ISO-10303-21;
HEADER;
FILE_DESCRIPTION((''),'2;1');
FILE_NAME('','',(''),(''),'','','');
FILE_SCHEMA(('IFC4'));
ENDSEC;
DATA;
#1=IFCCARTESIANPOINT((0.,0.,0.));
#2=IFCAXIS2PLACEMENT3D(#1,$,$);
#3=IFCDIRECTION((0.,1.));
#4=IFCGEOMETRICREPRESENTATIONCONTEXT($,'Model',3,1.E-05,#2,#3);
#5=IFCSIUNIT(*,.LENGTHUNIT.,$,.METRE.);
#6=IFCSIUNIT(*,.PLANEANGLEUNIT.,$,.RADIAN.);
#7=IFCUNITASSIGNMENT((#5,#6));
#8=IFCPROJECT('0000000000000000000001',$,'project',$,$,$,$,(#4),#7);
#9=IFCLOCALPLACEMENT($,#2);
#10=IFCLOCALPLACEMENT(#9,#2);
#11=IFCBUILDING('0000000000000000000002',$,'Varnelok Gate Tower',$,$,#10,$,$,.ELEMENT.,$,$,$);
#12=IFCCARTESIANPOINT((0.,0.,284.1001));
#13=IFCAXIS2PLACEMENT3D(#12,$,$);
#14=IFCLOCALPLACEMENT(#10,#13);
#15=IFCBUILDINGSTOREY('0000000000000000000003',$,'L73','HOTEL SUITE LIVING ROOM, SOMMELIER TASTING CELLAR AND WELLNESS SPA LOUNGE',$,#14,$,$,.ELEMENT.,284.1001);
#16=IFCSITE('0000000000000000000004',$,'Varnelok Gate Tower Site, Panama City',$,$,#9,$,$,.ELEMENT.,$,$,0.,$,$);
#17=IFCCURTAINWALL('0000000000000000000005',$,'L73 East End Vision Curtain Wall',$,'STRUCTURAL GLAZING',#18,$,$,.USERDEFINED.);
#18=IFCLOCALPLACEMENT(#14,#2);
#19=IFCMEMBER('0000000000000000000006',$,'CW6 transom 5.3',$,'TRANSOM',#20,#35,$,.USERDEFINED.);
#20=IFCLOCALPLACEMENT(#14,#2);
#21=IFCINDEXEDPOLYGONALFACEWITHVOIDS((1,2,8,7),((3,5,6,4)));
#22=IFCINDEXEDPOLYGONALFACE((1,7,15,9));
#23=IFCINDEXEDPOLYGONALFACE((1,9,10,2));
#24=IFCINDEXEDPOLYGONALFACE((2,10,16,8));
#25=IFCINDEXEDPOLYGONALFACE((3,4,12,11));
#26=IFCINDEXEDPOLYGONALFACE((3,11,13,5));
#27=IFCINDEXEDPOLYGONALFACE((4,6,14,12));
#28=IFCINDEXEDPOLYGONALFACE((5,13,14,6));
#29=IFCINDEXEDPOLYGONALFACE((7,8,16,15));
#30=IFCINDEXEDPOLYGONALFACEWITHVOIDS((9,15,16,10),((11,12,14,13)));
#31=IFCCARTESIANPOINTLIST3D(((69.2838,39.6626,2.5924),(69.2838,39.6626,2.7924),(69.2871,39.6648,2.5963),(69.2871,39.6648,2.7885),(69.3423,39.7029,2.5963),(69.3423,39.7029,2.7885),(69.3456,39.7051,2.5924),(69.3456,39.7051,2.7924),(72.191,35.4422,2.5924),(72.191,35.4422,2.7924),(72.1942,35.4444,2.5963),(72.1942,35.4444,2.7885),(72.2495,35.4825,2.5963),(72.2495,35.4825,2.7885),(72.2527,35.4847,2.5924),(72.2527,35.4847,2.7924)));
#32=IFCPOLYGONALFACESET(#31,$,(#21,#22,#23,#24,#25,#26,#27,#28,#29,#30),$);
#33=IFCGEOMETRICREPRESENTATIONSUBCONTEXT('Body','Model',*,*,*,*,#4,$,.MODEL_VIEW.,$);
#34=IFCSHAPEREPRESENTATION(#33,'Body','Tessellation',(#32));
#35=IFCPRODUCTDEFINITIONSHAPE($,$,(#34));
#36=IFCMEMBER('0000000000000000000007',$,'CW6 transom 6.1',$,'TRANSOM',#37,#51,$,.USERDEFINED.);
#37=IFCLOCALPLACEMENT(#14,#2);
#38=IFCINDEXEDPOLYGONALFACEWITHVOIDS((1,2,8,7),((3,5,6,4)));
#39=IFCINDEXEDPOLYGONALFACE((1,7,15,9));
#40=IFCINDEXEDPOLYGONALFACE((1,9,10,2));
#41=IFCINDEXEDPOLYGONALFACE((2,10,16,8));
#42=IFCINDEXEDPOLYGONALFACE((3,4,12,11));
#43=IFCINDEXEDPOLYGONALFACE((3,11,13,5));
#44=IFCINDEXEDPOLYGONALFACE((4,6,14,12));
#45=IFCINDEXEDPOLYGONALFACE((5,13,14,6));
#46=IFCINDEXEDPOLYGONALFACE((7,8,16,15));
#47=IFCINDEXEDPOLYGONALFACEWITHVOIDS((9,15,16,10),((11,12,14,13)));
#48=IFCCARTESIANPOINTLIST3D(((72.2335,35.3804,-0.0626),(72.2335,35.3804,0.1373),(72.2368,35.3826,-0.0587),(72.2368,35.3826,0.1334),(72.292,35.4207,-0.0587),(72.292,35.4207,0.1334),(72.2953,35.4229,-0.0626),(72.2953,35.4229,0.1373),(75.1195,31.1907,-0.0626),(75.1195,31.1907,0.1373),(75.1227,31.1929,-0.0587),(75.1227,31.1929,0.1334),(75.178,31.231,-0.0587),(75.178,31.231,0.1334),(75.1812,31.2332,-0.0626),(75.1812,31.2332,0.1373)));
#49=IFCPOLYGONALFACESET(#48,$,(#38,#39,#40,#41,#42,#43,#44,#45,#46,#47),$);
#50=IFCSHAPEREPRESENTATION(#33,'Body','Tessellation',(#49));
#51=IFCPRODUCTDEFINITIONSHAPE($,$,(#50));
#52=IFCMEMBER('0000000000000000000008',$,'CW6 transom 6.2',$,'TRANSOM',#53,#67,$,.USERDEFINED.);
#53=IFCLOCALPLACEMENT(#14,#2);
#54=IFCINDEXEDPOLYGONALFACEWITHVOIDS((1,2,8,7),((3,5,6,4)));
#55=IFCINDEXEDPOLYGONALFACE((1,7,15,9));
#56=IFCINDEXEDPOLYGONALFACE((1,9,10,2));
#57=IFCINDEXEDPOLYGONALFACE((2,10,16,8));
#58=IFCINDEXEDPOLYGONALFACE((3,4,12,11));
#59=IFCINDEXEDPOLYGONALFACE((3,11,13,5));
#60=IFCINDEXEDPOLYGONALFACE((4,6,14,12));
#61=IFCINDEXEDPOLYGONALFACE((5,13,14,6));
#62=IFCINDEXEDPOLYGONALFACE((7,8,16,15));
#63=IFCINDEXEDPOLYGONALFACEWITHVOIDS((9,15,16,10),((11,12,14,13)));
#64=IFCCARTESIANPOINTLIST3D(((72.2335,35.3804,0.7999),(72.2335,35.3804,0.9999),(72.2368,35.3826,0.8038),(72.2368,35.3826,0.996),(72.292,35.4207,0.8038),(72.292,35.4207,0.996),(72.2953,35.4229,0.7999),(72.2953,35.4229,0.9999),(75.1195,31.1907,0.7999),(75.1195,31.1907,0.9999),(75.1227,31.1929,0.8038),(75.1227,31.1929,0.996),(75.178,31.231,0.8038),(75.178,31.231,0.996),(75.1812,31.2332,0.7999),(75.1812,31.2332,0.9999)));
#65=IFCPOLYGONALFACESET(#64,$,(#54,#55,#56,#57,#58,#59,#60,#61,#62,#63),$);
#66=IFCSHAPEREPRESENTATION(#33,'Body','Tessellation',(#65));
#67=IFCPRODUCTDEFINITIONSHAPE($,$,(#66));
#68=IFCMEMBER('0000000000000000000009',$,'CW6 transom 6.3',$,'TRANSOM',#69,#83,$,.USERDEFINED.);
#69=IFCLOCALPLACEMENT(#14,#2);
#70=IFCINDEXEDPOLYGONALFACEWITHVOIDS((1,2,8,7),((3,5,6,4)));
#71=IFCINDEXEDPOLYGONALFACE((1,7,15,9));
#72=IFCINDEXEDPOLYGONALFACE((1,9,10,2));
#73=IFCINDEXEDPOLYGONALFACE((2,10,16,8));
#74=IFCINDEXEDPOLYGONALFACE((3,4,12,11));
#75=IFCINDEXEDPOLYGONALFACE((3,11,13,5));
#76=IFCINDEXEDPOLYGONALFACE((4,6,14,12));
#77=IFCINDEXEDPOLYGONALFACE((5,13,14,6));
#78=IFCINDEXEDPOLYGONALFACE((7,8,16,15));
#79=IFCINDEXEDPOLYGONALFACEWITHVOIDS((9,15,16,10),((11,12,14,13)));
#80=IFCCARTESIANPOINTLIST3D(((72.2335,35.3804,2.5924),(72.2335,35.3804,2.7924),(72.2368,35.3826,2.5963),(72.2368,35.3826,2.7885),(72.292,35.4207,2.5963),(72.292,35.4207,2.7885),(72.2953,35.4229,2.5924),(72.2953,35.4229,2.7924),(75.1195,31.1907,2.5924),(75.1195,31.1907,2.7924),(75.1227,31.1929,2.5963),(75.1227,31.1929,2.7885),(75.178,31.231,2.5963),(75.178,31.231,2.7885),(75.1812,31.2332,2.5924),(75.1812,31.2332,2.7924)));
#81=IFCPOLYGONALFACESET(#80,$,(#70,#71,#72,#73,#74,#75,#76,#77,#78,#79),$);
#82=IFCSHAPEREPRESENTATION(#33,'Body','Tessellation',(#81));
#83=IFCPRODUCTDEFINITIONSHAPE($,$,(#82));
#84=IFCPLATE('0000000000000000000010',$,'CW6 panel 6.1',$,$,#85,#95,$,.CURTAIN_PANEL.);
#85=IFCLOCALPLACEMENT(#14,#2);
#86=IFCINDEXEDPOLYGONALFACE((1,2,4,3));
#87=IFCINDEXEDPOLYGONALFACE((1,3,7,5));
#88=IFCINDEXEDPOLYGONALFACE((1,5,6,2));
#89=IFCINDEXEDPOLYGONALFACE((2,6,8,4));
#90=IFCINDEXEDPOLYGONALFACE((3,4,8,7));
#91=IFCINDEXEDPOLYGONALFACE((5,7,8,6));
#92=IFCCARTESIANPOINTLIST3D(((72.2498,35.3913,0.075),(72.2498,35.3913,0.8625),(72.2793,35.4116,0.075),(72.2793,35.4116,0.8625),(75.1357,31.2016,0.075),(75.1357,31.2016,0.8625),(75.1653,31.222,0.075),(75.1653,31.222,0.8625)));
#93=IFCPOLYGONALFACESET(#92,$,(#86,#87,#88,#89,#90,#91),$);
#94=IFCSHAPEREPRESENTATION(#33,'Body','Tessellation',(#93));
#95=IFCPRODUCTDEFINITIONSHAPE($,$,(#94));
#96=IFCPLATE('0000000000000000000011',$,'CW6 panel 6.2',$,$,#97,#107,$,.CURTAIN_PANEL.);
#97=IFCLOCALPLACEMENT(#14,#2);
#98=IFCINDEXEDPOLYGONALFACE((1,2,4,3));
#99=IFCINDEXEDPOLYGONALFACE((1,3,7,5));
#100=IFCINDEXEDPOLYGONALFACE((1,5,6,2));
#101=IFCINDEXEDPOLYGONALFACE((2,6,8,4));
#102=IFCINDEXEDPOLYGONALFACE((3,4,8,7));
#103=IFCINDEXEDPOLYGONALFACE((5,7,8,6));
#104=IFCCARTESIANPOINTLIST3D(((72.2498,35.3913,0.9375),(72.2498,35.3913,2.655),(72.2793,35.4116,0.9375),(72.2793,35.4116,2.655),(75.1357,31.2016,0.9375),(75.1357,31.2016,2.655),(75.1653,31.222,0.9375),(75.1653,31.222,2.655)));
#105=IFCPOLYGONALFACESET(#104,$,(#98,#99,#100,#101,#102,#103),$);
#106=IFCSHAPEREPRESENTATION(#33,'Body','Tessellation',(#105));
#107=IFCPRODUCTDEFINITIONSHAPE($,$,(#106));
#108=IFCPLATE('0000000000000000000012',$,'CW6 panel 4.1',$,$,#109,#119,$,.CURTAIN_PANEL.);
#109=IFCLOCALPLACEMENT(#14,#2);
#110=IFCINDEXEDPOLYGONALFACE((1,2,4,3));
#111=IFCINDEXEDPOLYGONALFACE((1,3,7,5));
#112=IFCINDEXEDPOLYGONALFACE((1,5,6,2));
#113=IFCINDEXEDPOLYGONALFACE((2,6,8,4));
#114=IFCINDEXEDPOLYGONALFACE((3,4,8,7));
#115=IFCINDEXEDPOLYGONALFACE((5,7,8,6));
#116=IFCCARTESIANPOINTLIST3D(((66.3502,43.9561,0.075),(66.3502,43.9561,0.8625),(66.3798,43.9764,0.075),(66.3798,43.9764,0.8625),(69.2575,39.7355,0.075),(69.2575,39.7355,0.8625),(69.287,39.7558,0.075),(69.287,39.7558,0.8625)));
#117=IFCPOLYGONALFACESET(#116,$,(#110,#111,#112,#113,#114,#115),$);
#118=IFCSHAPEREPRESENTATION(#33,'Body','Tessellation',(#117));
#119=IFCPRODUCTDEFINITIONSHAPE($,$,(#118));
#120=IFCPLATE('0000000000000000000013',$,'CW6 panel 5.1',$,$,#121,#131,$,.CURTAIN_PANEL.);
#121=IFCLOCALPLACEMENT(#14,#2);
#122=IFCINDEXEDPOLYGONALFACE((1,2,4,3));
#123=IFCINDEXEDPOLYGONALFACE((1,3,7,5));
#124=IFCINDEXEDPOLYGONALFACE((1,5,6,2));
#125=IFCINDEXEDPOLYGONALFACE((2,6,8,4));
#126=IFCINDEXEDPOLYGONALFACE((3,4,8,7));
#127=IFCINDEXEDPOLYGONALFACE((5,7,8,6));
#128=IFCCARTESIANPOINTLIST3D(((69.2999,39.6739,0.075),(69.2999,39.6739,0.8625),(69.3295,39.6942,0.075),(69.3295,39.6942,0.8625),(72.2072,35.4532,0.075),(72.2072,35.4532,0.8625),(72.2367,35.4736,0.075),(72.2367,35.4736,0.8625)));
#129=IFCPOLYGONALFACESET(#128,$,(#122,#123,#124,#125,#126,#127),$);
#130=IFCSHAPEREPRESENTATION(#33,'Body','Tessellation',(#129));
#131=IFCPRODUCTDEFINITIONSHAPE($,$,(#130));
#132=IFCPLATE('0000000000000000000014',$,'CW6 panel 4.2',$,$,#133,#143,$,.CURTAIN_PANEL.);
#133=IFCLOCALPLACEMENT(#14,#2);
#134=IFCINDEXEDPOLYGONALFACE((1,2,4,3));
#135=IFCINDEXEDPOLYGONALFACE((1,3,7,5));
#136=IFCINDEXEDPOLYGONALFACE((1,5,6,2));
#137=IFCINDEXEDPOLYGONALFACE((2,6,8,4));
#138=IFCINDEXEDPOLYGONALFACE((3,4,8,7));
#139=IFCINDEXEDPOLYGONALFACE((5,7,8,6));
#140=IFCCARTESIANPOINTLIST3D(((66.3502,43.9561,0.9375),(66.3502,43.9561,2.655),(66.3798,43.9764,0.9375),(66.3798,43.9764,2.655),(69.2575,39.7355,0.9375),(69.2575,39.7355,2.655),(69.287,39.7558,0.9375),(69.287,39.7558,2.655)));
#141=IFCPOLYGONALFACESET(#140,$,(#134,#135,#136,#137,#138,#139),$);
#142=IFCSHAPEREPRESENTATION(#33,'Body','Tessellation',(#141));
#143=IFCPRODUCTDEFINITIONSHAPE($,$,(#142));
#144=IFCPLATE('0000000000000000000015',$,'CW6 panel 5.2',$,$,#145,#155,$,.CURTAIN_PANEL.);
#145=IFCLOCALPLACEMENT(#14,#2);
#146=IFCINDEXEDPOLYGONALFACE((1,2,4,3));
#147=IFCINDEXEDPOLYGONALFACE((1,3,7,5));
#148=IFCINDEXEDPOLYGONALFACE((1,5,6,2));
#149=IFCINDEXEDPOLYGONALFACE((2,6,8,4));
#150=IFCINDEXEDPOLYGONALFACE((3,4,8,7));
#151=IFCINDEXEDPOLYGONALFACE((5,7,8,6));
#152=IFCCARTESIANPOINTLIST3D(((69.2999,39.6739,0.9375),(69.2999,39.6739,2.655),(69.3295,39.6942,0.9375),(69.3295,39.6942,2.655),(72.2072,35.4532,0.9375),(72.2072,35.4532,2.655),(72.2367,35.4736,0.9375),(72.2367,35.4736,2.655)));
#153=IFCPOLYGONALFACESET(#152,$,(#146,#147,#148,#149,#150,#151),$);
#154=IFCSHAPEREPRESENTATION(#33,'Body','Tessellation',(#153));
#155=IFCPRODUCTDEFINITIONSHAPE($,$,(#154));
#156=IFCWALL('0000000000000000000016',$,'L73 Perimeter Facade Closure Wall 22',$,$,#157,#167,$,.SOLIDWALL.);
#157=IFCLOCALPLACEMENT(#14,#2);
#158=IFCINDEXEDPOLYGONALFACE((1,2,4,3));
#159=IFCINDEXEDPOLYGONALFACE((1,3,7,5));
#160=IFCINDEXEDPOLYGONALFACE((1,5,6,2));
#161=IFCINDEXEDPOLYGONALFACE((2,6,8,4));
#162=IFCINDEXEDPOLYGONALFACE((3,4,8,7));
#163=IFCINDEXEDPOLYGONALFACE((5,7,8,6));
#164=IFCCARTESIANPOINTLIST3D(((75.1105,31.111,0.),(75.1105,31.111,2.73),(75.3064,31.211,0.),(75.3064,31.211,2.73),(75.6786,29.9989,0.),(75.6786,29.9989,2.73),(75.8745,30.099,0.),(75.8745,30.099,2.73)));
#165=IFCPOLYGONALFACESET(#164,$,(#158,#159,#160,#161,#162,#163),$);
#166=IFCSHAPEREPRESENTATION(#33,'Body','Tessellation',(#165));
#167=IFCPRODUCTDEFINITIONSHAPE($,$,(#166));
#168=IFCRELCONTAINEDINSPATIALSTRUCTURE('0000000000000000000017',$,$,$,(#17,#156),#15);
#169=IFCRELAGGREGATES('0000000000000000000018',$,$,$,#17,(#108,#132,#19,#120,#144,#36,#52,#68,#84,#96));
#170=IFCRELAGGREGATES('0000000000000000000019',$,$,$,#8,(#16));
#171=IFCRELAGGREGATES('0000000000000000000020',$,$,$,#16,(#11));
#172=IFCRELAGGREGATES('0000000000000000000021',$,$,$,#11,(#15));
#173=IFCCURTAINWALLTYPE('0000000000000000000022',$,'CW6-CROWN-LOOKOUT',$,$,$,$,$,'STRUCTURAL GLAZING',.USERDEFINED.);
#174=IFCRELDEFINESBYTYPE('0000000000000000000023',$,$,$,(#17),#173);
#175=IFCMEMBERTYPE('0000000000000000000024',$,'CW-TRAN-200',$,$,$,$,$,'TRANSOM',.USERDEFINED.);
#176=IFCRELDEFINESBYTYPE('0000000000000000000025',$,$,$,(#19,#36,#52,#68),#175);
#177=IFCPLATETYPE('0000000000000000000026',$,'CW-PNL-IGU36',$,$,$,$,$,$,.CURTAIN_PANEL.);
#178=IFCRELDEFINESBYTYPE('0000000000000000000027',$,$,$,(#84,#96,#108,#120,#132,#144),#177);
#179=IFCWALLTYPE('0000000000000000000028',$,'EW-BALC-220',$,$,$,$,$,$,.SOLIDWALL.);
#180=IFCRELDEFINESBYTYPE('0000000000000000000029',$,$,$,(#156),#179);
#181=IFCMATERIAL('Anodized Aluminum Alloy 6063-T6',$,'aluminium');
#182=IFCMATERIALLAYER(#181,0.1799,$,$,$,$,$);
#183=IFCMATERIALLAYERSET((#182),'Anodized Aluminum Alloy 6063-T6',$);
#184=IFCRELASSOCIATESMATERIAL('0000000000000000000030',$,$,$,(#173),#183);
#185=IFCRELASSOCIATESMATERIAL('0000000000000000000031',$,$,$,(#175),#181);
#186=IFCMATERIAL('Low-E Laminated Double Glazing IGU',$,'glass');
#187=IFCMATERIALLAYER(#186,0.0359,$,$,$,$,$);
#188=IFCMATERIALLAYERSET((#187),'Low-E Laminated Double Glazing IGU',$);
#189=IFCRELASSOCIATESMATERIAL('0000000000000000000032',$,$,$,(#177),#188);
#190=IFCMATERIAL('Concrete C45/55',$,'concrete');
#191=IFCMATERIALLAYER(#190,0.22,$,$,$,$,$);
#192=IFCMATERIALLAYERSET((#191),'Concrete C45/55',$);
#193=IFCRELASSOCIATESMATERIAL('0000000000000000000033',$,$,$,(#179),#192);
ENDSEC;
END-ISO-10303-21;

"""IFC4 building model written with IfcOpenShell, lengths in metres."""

from ifc_helpers import new_model, si_unit, direction, frame, frame_2d, origin, origin_2d, place, context, subcontext, project, spatial, rectangle, hollow_rectangle, extrude, source, transform, mapped, material, layer, layer_set, material_profile, profile_set, type_object, element, aggregate, save


model = new_model("IFC4")

# Units and contexts
model_context = context("Model", 3, precision=1e-05, world=origin(), true_north=direction((0.0, 1.0)))
body_context = subcontext(model_context, "Body", "Model", "MODEL_VIEW")
ifc_project = project(units=[si_unit("LENGTHUNIT", "METRE"), si_unit("PLANEANGLEUNIT", "RADIAN")], contexts=[model_context])

# Site, building, storey
site_placement = place(None, origin())
site = spatial("IfcSite", under=ifc_project, at=site_placement, Name="Varnelok Gate Tower Site, Panama City", CompositionType="ELEMENT", RefElevation=0.0)
building_placement = place(site_placement, origin())
building = spatial("IfcBuilding", under=site, at=building_placement, Name="Varnelok Gate Tower", CompositionType="ELEMENT")
storey_placement = place(building_placement, frame((0.0, 0.0, 284.1001)))
storey = spatial("IfcBuildingStorey", under=building, at=storey_placement, Name="L73", Description="HOTEL SUITE LIVING ROOM, SOMMELIER TASTING CELLAR AND WELLNESS SPA LOUNGE", CompositionType="ELEMENT", Elevation=284.1001)

# Curtain wall, members, plates
ifc_material_1 = material(Name="Anodized Aluminum Alloy 6063-T6", Category="aluminium")
ifc_layer_1 = layer(ifc_material_1, 0.1799)
ifc_layer_set_1 = layer_set([ifc_layer_1], Name="Anodized Aluminum Alloy 6063-T6")
curtain_wall_type = type_object("IfcCurtainWallType", Name="CW6-CROWN-LOOKOUT", ElementType="STRUCTURAL GLAZING", PredefinedType="USERDEFINED", material=ifc_layer_set_1)
curtain_wall_placement = place(storey_placement, origin())
curtain_wall = element("IfcCurtainWall", 1, at=curtain_wall_placement, inside=storey, type_object=curtain_wall_type, Name="L73 East End Vision Curtain Wall", ObjectType="STRUCTURAL GLAZING", PredefinedType="USERDEFINED")
ifc_material_profile_1 = material_profile(ifc_material_1, hollow_rectangle(XDim=0.075, YDim=0.2, WallThickness=0.0039, at=origin_2d()), Name="ALU200X75X4")
ifc_profile_set_1 = profile_set([ifc_material_profile_1], Name="Anodized Aluminum Alloy 6063-T6")
member_type_1 = type_object("IfcMemberType", Name="CW-TRAN-200", ElementType="TRANSOM", PredefinedType="USERDEFINED", material=ifc_profile_set_1)
member_1_placement = place(storey_placement, frame((69.3147, 39.6838, 2.6924), z_axis=(0.567279, -0.823526, 0.0), x_axis=(0.823526, 0.567279, 0.0)))
member_1 = element("IfcMember", 2, at=member_1_placement, type_object=member_type_1, Name="CW6 transom 5.3", ObjectType="TRANSOM", PredefinedType="USERDEFINED", context=body_context, shape_type="SweptSolid", body=[
    extrude(hollow_rectangle(XDim=0.075, YDim=0.2, WallThickness=0.0039, at=origin_2d()), origin(), (0.0, 0.0, 1.0), 5.1248),
])
member_2_placement = place(storey_placement, frame((72.2644, 35.4016, 0.0374), z_axis=(0.567272, -0.823531, 0.0), x_axis=(0.823531, 0.567272, 0.0)))
member_2 = element("IfcMember", 3, at=member_2_placement, type_object=member_type_1, Name="CW6 transom 6.1", ObjectType="TRANSOM", PredefinedType="USERDEFINED", context=body_context, shape_type="SweptSolid", body=[
    extrude(hollow_rectangle(XDim=0.075, YDim=0.2, WallThickness=0.0039, at=origin_2d()), origin(), (0.0, 0.0, 1.0), 5.0874),
])
member_3_placement = place(storey_placement, frame((72.2644, 35.4016, 0.8999), z_axis=(0.567272, -0.823531, 0.0), x_axis=(0.823531, 0.567272, 0.0)))
member_3 = element("IfcMember", 4, at=member_3_placement, type_object=member_type_1, Name="CW6 transom 6.2", ObjectType="TRANSOM", PredefinedType="USERDEFINED", context=body_context, shape_type="SweptSolid", body=[
    extrude(hollow_rectangle(XDim=0.075, YDim=0.2, WallThickness=0.0039, at=origin_2d()), origin(), (0.0, 0.0, 1.0), 5.0874),
])
member_4_placement = place(storey_placement, frame((72.2644, 35.4016, 2.6924), z_axis=(0.567272, -0.823531, 0.0), x_axis=(0.823531, 0.567272, 0.0)))
member_4 = element("IfcMember", 5, at=member_4_placement, type_object=member_type_1, Name="CW6 transom 6.3", ObjectType="TRANSOM", PredefinedType="USERDEFINED", context=body_context, shape_type="SweptSolid", body=[
    extrude(hollow_rectangle(XDim=0.075, YDim=0.2, WallThickness=0.0039, at=origin_2d()), origin(), (0.0, 0.0, 1.0), 5.0874),
])
ifc_material_2 = material(Name="Low-E Laminated Double Glazing IGU", Category="glass")
ifc_layer_2 = layer(ifc_material_2, 0.0359)
ifc_layer_set_2 = layer_set([ifc_layer_2], Name="Low-E Laminated Double Glazing IGU")
plate_type = type_object("IfcPlateType", Name="CW-PNL-IGU36", PredefinedType="CURTAIN_PANEL", material=ifc_layer_set_2)
shared_shape_1 = source(origin(), body_context, "Body", "SweptSolid", [
    extrude(rectangle(XDim=5.0874, YDim=0.0359, at=origin_2d()), origin(), (0.0, 0.0, 1.0), 0.7876),
])
plate_1_placement = place(storey_placement, frame((73.7075, 33.3066, 0.075), z_axis=(0.0, 0.0, 1.0), x_axis=(0.567269, -0.823532, 0.0)))
plate_1 = element("IfcPlate", 6, at=plate_1_placement, type_object=plate_type, Name="CW6 panel 6.1", PredefinedType="CURTAIN_PANEL", context=body_context, shape_type="MappedRepresentation", body=[
    mapped(shared_shape_1, transform((0.0, 0.0, 0.0), scale=1.0)),
])
shared_shape_2 = source(origin(), body_context, "Body", "SweptSolid", [
    extrude(rectangle(XDim=5.0874, YDim=0.0359, at=origin_2d()), origin(), (0.0, 0.0, 1.0), 1.7175),
])
plate_2_placement = place(storey_placement, frame((73.7075, 33.3066, 0.9375), z_axis=(0.0, 0.0, 1.0), x_axis=(0.567269, -0.823532, 0.0)))
plate_2 = element("IfcPlate", 7, at=plate_2_placement, type_object=plate_type, Name="CW6 panel 6.2", PredefinedType="CURTAIN_PANEL", context=body_context, shape_type="MappedRepresentation", body=[
    mapped(shared_shape_2, transform((0.0, 0.0, 0.0), scale=1.0)),
])
shared_shape_3 = source(origin(), body_context, "Body", "SweptSolid", [
    extrude(rectangle(XDim=5.125, YDim=0.0359, at=origin_2d()), origin(), (0.0, 0.0, 1.0), 0.7876),
])
plate_3_placement = place(storey_placement, frame((67.8186, 41.856, 0.075), z_axis=(0.0, 0.0, 1.0), x_axis=(0.567269, -0.823532, 0.0)))
plate_3 = element("IfcPlate", 8, at=plate_3_placement, type_object=plate_type, Name="CW6 panel 4.1", PredefinedType="CURTAIN_PANEL", context=body_context, shape_type="MappedRepresentation", body=[
    mapped(shared_shape_3, transform((0.0, 0.0, 0.0), scale=1.0)),
])
plate_4_placement = place(storey_placement, frame((70.7683, 37.5737, 0.075), z_axis=(0.0, 0.0, 1.0), x_axis=(0.567269, -0.823532, 0.0)))
plate_4 = element("IfcPlate", 9, at=plate_4_placement, type_object=plate_type, Name="CW6 panel 5.1", PredefinedType="CURTAIN_PANEL", context=body_context, shape_type="MappedRepresentation", body=[
    mapped(shared_shape_3, transform((0.0, 0.0, 0.0), scale=1.0)),
])
shared_shape_4 = source(origin(), body_context, "Body", "SweptSolid", [
    extrude(rectangle(XDim=5.125, YDim=0.0359, at=origin_2d()), origin(), (0.0, 0.0, 1.0), 1.7175),
])
plate_5_placement = place(storey_placement, frame((67.8186, 41.856, 0.9375), z_axis=(0.0, 0.0, 1.0), x_axis=(0.567269, -0.823532, 0.0)))
plate_5 = element("IfcPlate", 10, at=plate_5_placement, type_object=plate_type, Name="CW6 panel 4.2", PredefinedType="CURTAIN_PANEL", context=body_context, shape_type="MappedRepresentation", body=[
    mapped(shared_shape_4, transform((0.0, 0.0, 0.0), scale=1.0)),
])
plate_6_placement = place(storey_placement, frame((70.7683, 37.5737, 0.9375), z_axis=(0.0, 0.0, 1.0), x_axis=(0.567269, -0.823532, 0.0)))
plate_6 = element("IfcPlate", 11, at=plate_6_placement, type_object=plate_type, Name="CW6 panel 5.2", PredefinedType="CURTAIN_PANEL", context=body_context, shape_type="MappedRepresentation", body=[
    mapped(shared_shape_4, transform((0.0, 0.0, 0.0), scale=1.0)),
])
aggregate(curtain_wall, [plate_3, plate_5, member_1, plate_4, plate_6, member_2, member_3, member_4, plate_1, plate_2])

# Wall
ifc_material_3 = material(Name="Concrete C45/55", Category="concrete")
ifc_layer_3 = layer(ifc_material_3, 0.22)
ifc_layer_set_3 = layer_set([ifc_layer_3], Name="Concrete C45/55")
wall_type = type_object("IfcWallType", Name="EW-BALC-220", PredefinedType="SOLIDWALL", material=ifc_layer_set_3)
wall_placement = place(storey_placement, frame((75.7766, 30.0488, 0.0), z_axis=(0.0, 0.0, 1.0), x_axis=(-0.454939, 0.890523, 0.0)))
element("IfcWall", 12, at=wall_placement, inside=storey, type_object=wall_type, Name="L73 Perimeter Facade Closure Wall 22", PredefinedType="SOLIDWALL", context=body_context, shape_type="SweptSolid", body=[
    extrude(rectangle(XDim=1.2488, YDim=0.22, at=frame_2d((0.6245, 0.0))), origin(), (0.0, 0.0, 1.0), 2.73),
])

save(model, "model.ifc")
